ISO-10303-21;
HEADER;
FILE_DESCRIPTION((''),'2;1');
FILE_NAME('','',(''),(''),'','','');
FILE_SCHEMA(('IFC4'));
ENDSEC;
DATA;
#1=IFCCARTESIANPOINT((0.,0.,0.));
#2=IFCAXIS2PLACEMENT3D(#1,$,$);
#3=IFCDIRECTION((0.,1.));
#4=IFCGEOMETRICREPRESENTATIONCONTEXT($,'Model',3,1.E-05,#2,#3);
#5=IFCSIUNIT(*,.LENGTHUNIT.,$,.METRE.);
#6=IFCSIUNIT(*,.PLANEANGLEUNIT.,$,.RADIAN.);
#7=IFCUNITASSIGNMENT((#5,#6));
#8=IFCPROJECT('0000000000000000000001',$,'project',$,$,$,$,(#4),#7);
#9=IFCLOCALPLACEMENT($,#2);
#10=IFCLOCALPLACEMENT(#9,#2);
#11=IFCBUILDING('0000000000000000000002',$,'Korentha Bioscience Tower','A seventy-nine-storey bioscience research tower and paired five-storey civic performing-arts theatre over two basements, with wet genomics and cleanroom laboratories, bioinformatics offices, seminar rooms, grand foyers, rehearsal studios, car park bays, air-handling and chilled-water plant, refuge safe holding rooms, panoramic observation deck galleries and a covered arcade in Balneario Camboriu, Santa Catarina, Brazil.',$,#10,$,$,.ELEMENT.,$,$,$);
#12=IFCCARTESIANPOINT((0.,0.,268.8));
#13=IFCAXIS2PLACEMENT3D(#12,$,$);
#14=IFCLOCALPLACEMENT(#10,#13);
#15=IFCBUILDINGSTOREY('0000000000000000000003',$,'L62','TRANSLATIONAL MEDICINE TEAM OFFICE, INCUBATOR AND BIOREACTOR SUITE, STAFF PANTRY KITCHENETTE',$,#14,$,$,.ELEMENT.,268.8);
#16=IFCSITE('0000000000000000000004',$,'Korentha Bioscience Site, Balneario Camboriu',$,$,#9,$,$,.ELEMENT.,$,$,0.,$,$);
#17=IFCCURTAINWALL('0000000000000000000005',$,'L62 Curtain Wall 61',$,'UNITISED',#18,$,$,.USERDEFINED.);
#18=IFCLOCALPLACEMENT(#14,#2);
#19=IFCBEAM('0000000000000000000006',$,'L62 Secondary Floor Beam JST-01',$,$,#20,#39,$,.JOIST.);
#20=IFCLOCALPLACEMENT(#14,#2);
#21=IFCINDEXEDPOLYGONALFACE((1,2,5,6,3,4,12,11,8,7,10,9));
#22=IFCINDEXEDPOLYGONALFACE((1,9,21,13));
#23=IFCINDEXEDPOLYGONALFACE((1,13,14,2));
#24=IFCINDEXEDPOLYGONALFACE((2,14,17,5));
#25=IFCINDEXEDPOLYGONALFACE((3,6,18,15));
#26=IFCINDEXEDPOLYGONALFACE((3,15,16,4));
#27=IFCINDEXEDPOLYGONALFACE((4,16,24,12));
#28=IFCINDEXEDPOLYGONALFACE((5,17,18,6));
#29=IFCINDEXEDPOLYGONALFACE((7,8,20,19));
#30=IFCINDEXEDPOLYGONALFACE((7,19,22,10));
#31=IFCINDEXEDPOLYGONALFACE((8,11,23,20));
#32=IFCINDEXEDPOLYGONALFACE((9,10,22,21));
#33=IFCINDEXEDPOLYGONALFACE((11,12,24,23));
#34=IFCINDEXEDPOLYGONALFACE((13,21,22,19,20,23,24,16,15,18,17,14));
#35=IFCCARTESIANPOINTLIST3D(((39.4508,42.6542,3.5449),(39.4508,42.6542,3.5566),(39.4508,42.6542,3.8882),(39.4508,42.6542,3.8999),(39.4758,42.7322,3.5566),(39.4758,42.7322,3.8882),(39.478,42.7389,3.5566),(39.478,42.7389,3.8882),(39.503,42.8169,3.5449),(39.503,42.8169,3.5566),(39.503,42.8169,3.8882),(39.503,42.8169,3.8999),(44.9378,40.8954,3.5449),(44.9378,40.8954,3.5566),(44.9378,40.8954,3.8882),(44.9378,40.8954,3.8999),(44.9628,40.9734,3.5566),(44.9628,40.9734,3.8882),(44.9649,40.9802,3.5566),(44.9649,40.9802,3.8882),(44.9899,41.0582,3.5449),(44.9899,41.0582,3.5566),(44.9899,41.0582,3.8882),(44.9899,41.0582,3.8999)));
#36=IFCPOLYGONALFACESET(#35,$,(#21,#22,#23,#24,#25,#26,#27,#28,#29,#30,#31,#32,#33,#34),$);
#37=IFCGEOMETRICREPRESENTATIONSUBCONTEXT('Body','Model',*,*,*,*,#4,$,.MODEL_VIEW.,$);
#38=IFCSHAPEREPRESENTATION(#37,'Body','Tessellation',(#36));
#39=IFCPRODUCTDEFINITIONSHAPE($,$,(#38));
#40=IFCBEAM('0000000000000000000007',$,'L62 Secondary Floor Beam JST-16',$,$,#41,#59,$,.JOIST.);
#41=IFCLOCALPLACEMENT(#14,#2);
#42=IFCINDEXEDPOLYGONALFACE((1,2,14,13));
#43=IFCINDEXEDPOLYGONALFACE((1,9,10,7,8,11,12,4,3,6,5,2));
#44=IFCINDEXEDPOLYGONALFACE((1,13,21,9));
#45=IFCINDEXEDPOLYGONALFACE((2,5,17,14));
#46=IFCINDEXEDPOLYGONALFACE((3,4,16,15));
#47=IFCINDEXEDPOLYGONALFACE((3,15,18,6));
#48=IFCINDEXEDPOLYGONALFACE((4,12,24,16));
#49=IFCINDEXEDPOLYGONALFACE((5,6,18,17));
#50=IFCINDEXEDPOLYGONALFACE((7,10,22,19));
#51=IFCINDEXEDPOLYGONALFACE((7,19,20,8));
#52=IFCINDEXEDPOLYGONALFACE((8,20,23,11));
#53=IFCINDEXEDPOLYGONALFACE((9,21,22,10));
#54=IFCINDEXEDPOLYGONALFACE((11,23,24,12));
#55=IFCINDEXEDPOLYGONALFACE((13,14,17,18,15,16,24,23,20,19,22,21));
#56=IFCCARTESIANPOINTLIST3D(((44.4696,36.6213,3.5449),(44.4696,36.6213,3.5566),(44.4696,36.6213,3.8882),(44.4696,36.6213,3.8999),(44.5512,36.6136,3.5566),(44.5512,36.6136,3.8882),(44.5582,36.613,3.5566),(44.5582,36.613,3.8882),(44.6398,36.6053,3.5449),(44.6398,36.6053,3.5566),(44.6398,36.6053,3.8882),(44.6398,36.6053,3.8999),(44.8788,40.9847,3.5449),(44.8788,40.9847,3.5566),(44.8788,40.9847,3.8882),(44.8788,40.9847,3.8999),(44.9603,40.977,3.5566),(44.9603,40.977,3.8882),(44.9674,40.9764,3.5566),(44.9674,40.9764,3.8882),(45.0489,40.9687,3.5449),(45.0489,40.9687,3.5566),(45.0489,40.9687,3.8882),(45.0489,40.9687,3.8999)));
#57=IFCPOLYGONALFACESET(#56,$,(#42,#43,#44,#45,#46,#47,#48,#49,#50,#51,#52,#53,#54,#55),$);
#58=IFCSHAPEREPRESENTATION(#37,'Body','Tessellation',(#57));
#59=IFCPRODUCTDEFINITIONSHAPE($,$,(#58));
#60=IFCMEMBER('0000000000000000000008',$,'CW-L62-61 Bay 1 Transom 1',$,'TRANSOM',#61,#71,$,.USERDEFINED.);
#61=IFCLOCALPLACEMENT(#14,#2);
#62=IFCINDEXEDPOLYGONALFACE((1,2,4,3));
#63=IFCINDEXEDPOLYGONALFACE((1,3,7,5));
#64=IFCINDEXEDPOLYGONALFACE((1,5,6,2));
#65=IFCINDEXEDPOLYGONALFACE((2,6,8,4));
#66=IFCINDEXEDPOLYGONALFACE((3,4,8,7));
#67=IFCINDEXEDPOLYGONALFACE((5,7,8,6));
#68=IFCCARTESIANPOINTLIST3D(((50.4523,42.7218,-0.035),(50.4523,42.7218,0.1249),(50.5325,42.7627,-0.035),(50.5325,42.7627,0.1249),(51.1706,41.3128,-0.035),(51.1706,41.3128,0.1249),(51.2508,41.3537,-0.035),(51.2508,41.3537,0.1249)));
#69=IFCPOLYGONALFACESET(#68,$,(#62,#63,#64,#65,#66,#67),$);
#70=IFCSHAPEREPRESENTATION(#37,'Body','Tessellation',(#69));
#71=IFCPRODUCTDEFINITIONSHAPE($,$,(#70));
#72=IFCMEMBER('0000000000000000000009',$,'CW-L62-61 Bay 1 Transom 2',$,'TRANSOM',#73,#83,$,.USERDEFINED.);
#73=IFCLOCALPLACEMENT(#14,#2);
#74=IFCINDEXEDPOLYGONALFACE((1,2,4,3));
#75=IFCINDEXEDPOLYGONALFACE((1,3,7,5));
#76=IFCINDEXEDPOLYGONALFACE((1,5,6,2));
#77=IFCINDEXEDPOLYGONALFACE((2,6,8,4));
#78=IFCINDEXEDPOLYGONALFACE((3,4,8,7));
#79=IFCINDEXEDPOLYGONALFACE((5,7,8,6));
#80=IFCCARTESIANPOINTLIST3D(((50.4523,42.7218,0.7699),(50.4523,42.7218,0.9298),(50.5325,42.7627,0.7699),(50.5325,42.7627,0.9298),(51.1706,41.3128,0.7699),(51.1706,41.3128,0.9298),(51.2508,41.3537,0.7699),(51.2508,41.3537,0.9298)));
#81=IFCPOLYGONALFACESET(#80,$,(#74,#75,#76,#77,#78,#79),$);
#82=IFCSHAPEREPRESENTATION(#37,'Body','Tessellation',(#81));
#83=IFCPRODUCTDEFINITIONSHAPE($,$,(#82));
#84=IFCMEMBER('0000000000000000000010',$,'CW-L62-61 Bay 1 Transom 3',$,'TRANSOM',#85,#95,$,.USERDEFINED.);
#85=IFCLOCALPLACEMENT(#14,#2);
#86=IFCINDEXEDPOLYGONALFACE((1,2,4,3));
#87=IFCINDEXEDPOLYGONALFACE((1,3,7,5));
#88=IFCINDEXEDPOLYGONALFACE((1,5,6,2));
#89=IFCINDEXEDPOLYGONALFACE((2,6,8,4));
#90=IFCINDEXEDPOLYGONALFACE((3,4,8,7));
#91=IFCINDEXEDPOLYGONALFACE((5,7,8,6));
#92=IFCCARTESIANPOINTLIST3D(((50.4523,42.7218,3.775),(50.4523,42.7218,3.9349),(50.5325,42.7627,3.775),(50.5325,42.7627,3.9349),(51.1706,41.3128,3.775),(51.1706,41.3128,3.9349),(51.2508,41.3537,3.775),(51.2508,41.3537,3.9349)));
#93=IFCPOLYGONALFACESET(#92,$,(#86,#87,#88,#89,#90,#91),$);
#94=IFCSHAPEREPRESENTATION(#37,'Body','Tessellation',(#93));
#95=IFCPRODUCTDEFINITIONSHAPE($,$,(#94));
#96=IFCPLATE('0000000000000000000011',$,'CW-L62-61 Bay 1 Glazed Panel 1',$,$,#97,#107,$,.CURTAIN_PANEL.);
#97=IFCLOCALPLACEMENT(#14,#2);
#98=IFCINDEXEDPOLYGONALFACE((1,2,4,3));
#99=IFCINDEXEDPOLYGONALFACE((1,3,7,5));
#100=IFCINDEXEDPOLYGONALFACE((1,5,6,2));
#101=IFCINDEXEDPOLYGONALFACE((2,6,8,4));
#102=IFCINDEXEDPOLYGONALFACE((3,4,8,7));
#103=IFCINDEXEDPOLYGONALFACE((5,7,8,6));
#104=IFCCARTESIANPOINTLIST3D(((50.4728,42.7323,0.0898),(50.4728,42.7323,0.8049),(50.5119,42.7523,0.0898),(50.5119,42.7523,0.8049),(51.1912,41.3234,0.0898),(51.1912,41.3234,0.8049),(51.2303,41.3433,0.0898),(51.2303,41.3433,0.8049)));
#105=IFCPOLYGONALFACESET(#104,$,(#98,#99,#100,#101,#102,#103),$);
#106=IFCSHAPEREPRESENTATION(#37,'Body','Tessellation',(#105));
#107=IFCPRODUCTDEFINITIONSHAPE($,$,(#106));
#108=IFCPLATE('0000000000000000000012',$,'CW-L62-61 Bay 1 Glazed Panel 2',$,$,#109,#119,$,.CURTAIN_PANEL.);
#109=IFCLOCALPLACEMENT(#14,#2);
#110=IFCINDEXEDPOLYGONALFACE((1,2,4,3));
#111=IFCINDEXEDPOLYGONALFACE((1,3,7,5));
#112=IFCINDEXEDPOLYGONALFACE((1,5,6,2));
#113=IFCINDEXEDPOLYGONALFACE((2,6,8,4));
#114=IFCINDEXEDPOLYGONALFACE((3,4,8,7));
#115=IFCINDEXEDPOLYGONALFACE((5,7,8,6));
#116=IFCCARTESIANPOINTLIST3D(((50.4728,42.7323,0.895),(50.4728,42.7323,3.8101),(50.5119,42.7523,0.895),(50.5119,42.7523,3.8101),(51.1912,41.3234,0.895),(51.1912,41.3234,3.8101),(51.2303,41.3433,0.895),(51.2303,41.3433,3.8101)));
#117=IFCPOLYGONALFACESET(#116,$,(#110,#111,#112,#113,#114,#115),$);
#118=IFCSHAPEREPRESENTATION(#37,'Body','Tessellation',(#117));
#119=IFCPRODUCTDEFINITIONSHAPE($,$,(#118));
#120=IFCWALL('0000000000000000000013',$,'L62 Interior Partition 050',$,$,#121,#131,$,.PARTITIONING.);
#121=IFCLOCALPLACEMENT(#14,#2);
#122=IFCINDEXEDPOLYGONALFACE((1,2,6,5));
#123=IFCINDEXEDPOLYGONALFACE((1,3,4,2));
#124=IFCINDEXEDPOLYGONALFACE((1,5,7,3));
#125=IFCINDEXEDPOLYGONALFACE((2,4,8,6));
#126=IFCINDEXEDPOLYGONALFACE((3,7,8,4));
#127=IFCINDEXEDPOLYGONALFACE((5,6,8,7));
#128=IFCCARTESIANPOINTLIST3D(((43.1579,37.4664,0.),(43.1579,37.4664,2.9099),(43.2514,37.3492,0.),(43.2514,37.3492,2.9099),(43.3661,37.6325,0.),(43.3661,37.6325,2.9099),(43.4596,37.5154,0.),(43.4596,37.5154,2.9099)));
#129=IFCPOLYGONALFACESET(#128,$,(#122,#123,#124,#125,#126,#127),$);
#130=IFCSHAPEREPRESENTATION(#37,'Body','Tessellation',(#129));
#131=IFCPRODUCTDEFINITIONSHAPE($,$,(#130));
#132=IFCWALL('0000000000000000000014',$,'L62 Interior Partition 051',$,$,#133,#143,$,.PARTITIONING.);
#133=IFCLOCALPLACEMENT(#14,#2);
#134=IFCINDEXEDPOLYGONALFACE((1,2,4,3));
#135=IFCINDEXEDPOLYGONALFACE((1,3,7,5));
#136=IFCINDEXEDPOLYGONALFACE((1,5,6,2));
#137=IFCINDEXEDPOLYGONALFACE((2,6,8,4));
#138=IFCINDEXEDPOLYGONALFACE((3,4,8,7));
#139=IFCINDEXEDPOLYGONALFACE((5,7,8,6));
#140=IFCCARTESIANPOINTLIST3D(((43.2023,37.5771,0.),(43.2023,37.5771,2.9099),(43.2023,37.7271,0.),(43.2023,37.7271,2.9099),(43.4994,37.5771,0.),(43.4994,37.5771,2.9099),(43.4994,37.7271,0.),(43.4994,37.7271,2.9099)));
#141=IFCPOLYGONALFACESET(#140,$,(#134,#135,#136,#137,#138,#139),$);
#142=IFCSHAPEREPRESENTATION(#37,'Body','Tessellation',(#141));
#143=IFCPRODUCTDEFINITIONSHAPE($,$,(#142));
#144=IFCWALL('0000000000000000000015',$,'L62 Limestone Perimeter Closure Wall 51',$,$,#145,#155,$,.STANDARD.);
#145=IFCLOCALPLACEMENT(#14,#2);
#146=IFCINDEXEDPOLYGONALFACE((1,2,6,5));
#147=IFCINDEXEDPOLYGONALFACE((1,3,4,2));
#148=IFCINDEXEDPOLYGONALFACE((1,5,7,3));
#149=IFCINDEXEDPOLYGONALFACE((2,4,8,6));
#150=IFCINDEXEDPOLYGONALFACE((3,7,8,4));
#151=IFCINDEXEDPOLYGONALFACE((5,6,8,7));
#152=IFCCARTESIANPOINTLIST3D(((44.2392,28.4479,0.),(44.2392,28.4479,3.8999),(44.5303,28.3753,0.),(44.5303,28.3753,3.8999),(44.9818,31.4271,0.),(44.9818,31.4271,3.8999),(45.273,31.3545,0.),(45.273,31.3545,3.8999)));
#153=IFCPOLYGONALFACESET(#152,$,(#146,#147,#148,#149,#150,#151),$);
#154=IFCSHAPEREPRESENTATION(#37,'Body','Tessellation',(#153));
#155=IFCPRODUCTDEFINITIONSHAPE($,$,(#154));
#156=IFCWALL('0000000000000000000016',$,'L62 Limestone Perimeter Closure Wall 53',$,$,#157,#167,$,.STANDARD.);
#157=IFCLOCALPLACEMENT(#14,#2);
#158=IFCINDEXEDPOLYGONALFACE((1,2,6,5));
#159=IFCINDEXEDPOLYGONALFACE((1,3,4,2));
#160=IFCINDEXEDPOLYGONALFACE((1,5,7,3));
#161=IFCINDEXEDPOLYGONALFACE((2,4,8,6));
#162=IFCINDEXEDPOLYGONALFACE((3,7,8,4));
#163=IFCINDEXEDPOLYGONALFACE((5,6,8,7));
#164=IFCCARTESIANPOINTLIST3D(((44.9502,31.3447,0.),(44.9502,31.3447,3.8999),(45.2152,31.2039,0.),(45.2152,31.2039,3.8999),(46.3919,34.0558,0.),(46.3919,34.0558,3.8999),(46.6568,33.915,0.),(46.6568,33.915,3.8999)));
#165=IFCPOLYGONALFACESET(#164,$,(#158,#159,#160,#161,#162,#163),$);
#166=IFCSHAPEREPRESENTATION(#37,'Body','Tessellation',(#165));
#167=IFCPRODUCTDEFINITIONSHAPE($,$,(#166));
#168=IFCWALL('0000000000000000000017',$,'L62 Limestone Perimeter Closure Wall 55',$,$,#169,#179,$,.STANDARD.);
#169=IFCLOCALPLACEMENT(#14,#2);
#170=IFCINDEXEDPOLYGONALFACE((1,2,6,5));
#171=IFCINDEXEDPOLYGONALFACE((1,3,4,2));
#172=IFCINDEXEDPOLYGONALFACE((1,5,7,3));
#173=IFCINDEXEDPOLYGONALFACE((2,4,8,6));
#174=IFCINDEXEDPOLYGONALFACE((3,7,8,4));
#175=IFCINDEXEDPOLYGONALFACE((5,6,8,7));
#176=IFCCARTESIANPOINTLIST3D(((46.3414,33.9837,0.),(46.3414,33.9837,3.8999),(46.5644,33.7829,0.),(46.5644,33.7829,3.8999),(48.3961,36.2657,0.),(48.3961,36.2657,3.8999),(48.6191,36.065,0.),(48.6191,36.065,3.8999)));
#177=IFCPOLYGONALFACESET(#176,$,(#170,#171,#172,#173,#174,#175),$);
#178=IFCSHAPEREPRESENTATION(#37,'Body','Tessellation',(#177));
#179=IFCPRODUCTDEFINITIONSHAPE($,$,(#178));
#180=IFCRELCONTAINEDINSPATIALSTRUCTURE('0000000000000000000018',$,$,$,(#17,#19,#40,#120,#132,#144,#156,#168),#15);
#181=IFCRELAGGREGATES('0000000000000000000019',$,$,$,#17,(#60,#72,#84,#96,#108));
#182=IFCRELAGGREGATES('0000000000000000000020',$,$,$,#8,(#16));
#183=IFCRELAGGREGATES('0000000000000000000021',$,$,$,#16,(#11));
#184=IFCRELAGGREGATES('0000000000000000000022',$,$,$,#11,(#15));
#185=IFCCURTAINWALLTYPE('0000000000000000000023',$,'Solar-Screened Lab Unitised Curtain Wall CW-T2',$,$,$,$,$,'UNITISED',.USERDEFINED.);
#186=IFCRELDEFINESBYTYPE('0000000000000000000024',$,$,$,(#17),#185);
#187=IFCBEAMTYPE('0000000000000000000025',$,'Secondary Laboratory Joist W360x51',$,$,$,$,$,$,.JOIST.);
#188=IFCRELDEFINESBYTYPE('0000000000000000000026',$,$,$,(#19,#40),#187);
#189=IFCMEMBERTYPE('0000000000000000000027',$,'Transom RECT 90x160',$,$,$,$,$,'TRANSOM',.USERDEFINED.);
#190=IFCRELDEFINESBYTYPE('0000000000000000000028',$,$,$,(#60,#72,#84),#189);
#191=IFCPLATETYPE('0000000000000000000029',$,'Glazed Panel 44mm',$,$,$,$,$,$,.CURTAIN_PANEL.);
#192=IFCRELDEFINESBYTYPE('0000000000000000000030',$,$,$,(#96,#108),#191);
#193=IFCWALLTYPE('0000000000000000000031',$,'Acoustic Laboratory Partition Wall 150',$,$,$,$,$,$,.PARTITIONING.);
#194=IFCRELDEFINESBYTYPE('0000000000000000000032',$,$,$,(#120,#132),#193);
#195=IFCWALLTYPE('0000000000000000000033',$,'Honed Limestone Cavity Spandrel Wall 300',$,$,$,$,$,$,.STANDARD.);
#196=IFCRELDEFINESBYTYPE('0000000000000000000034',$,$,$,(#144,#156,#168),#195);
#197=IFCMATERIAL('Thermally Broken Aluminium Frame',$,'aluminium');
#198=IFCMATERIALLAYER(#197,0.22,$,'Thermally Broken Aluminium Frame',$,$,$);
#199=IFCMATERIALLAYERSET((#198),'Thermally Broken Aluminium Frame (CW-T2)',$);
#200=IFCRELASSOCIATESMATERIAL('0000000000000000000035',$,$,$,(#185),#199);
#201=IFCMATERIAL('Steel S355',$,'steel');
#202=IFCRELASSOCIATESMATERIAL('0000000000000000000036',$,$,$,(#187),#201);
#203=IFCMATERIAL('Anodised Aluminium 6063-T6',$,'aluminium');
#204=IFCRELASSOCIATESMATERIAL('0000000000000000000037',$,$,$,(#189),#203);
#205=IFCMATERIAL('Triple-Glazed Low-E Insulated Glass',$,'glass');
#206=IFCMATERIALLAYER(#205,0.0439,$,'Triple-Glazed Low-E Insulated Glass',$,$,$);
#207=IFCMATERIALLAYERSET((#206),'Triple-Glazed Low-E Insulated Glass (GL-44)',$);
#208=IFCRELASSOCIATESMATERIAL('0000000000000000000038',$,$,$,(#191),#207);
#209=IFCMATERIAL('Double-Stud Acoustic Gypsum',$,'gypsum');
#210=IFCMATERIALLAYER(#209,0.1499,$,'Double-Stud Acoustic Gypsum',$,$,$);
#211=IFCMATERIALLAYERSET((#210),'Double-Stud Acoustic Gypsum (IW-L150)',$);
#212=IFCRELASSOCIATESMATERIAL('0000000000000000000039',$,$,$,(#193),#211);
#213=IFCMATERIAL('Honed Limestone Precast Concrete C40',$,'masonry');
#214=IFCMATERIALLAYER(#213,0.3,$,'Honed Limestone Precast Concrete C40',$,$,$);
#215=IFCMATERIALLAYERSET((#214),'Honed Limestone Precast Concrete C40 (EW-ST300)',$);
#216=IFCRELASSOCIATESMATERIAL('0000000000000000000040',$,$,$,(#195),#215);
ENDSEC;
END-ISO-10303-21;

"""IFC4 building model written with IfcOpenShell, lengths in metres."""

from ifc_helpers import new_model, si_unit, direction, frame, frame_2d, origin, origin_2d, place, context, subcontext, project, spatial, rectangle, i_section, extrude, material, layer, layer_set, material_profile, profile_set, type_object, element, aggregate, save


model = new_model("IFC4")

# Units and contexts
model_context = context("Model", 3, precision=1e-05, world=origin(), true_north=direction((0.0, 1.0)))
body_context = subcontext(model_context, "Body", "Model", "MODEL_VIEW")
ifc_project = project(units=[si_unit("LENGTHUNIT", "METRE"), si_unit("PLANEANGLEUNIT", "RADIAN")], contexts=[model_context])

# Site, building, storey
site_placement = place(None, origin())
site = spatial("IfcSite", under=ifc_project, at=site_placement, Name="Korentha Bioscience Site, Balneario Camboriu", CompositionType="ELEMENT", RefElevation=0.0)
building_placement = place(site_placement, origin())
building = spatial("IfcBuilding", under=site, at=building_placement, Name="Korentha Bioscience Tower", Description="A seventy-nine-storey bioscience research tower and paired five-storey civic performing-arts theatre over two basements, with wet genomics and cleanroom laboratories, bioinformatics offices, seminar rooms, grand foyers, rehearsal studios, car park bays, air-handling and chilled-water plant, refuge safe holding rooms, panoramic observation deck galleries and a covered arcade in Balneario Camboriu, Santa Catarina, Brazil.", CompositionType="ELEMENT")
storey_placement = place(building_placement, frame((0.0, 0.0, 268.8)))
storey = spatial("IfcBuildingStorey", under=building, at=storey_placement, Name="L62", Description="TRANSLATIONAL MEDICINE TEAM OFFICE, INCUBATOR AND BIOREACTOR SUITE, STAFF PANTRY KITCHENETTE", CompositionType="ELEMENT", Elevation=268.8)

# Shared definitions
ifc_material_1 = material(Name="Steel S355", Category="steel")

# Curtain wall
ifc_material_2 = material(Name="Thermally Broken Aluminium Frame", Category="aluminium")
ifc_layer_1 = layer(ifc_material_2, 0.22, Name="Thermally Broken Aluminium Frame")
ifc_layer_set_1 = layer_set([ifc_layer_1], Name="Thermally Broken Aluminium Frame (CW-T2)")
curtain_wall_type = type_object("IfcCurtainWallType", Name="Solar-Screened Lab Unitised Curtain Wall CW-T2", ElementType="UNITISED", PredefinedType="USERDEFINED", material=ifc_layer_set_1)
curtain_wall_placement = place(storey_placement, origin())
curtain_wall = element("IfcCurtainWall", 1, at=curtain_wall_placement, inside=storey, type_object=curtain_wall_type, Name="L62 Curtain Wall 61", ObjectType="UNITISED", PredefinedType="USERDEFINED")
ifc_material_3 = material(Name="Anodised Aluminium 6063-T6", Category="aluminium")

# Beams
ifc_material_profile_1 = material_profile(ifc_material_1, i_section(OverallWidth=0.1709, OverallDepth=0.355, WebThickness=0.0071, FlangeThickness=0.0117, at=origin_2d()), Name="Steel S355")
ifc_profile_set_1 = profile_set([ifc_material_profile_1], Name="Steel S355 (JB-360)")
beam_type_1 = type_object("IfcBeamType", Name="Secondary Laboratory Joist W360x51", PredefinedType="JOIST", material=ifc_profile_set_1)
beam_1_placement = place(storey_placement, frame((44.9639, 40.9768, 3.7224), z_axis=(-0.952276, 0.305237, 0.0), x_axis=(-0.305237, -0.952276, 0.0)))
element("IfcBeam", 2, at=beam_1_placement, inside=storey, type_object=beam_type_1, Name="L62 Secondary Floor Beam JST-01", PredefinedType="JOIST", context=body_context, shape_type="SweptSolid", body=[
    extrude(i_section(OverallWidth=0.1709, OverallDepth=0.355, WebThickness=0.0071, FlangeThickness=0.0117, at=origin_2d()), origin(), (0.0, 0.0, 1.0), 5.762),
])
beam_2_placement = place(storey_placement, frame((44.5547, 36.6133, 3.7224), z_axis=(0.093363, 0.995632, 0.0), x_axis=(-0.995632, 0.093363, 0.0)))
element("IfcBeam", 3, at=beam_2_placement, inside=storey, type_object=beam_type_1, Name="L62 Secondary Floor Beam JST-16", PredefinedType="JOIST", context=body_context, shape_type="SweptSolid", body=[
    extrude(i_section(OverallWidth=0.1709, OverallDepth=0.355, WebThickness=0.0071, FlangeThickness=0.0117, at=origin_2d()), origin(), (0.0, 0.0, 1.0), 4.3826),
])

# Members
ifc_material_profile_2 = material_profile(ifc_material_3, rectangle(XDim=0.0901, YDim=0.1599, at=origin_2d()), Name="Anodised Aluminium 6063-T6")
ifc_profile_set_2 = profile_set([ifc_material_profile_2], Name="Anodised Aluminium 6063-T6 (CW-TRN)")
member_type_1 = type_object("IfcMemberType", Name="Transom RECT 90x160", ElementType="TRANSOM", PredefinedType="USERDEFINED", material=ifc_profile_set_2)
member_1_placement = place(storey_placement, frame((51.2107, 41.3333, 0.0449), z_axis=(-0.454178, 0.890911, 0.0), x_axis=(-0.890911, -0.454178, 0.0)))
member_1 = element("IfcMember", 4, at=member_1_placement, type_object=member_type_1, Name="CW-L62-61 Bay 1 Transom 1", ObjectType="TRANSOM", PredefinedType="USERDEFINED", context=body_context, shape_type="SweptSolid", body=[
    extrude(rectangle(XDim=0.0901, YDim=0.1599, at=origin_2d()), origin(), (0.0, 0.0, 1.0), 1.5815),
])
member_2_placement = place(storey_placement, frame((51.2107, 41.3333, 0.8499), z_axis=(-0.454178, 0.890911, 0.0), x_axis=(-0.890911, -0.454178, 0.0)))
member_2 = element("IfcMember", 5, at=member_2_placement, type_object=member_type_1, Name="CW-L62-61 Bay 1 Transom 2", ObjectType="TRANSOM", PredefinedType="USERDEFINED", context=body_context, shape_type="SweptSolid", body=[
    extrude(rectangle(XDim=0.0901, YDim=0.1599, at=origin_2d()), origin(), (0.0, 0.0, 1.0), 1.5815),
])
member_3_placement = place(storey_placement, frame((51.2107, 41.3333, 3.855), z_axis=(-0.454178, 0.890911, 0.0), x_axis=(-0.890911, -0.454178, 0.0)))
member_3 = element("IfcMember", 6, at=member_3_placement, type_object=member_type_1, Name="CW-L62-61 Bay 1 Transom 3", ObjectType="TRANSOM", PredefinedType="USERDEFINED", context=body_context, shape_type="SweptSolid", body=[
    extrude(rectangle(XDim=0.0901, YDim=0.1599, at=origin_2d()), origin(), (0.0, 0.0, 1.0), 1.5815),
])

# Plates
ifc_material_4 = material(Name="Triple-Glazed Low-E Insulated Glass", Category="glass")
ifc_layer_2 = layer(ifc_material_4, 0.0439, Name="Triple-Glazed Low-E Insulated Glass")
ifc_layer_set_2 = layer_set([ifc_layer_2], Name="Triple-Glazed Low-E Insulated Glass (GL-44)")
plate_type = type_object("IfcPlateType", Name="Glazed Panel 44mm", PredefinedType="CURTAIN_PANEL", material=ifc_layer_set_2)
plate_1_placement = place(storey_placement, frame((50.8516, 42.0378, 0.0898), z_axis=(0.0, 0.0, 1.0), x_axis=(-0.454239, 0.89088, 0.0)))
plate_1 = element("IfcPlate", 7, at=plate_1_placement, type_object=plate_type, Name="CW-L62-61 Bay 1 Glazed Panel 1", PredefinedType="CURTAIN_PANEL", context=body_context, shape_type="SweptSolid", body=[
    extrude(rectangle(XDim=1.5815, YDim=0.0439, at=origin_2d()), origin(), (0.0, 0.0, 1.0), 0.7151),
])
plate_2_placement = place(storey_placement, frame((50.8516, 42.0378, 0.895), z_axis=(0.0, 0.0, 1.0), x_axis=(-0.454239, 0.89088, 0.0)))
plate_2 = element("IfcPlate", 8, at=plate_2_placement, type_object=plate_type, Name="CW-L62-61 Bay 1 Glazed Panel 2", PredefinedType="CURTAIN_PANEL", context=body_context, shape_type="SweptSolid", body=[
    extrude(rectangle(XDim=1.5815, YDim=0.0439, at=origin_2d()), origin(), (0.0, 0.0, 1.0), 2.915),
])
aggregate(curtain_wall, [member_1, member_2, member_3, plate_1, plate_2])

# Walls
ifc_material_5 = material(Name="Double-Stud Acoustic Gypsum", Category="gypsum")
ifc_layer_3 = layer(ifc_material_5, 0.1499, Name="Double-Stud Acoustic Gypsum")
ifc_layer_set_3 = layer_set([ifc_layer_3], Name="Double-Stud Acoustic Gypsum (IW-L150)")
wall_type_1 = type_object("IfcWallType", Name="Acoustic Laboratory Partition Wall 150", PredefinedType="PARTITIONING", material=ifc_layer_set_3)
wall_1_placement = place(storey_placement, frame((43.2046, 37.4077, 0.0), z_axis=(0.0, 0.0, 1.0), x_axis=(0.781494, 0.623913, 0.0)))
element("IfcWall", 9, at=wall_1_placement, inside=storey, type_object=wall_type_1, Name="L62 Interior Partition 050", PredefinedType="PARTITIONING", context=body_context, shape_type="SweptSolid", body=[
    extrude(rectangle(XDim=0.2664, YDim=0.1499, at=frame_2d((0.1333, 0.0))), origin(), (0.0, 0.0, 1.0), 2.9099),
])
wall_2_placement = place(storey_placement, frame((43.4993, 37.6521, 0.0), z_axis=(0.0, 0.0, 1.0), x_axis=(-1.0, 0.0, 0.0)))
element("IfcWall", 10, at=wall_2_placement, inside=storey, type_object=wall_type_1, Name="L62 Interior Partition 051", PredefinedType="PARTITIONING", context=body_context, shape_type="SweptSolid", body=[
    extrude(rectangle(XDim=0.2971, YDim=0.1499, at=frame_2d((0.1484, 0.0))), origin(), (0.0, 0.0, 1.0), 2.9099),
])
ifc_material_6 = material(Name="Honed Limestone Precast Concrete C40", Category="masonry")
ifc_layer_4 = layer(ifc_material_6, 0.3, Name="Honed Limestone Precast Concrete C40")
ifc_layer_set_4 = layer_set([ifc_layer_4], Name="Honed Limestone Precast Concrete C40 (EW-ST300)")
wall_type_2 = type_object("IfcWallType", Name="Honed Limestone Cavity Spandrel Wall 300", PredefinedType="STANDARD", material=ifc_layer_set_4)
wall_3_placement = place(storey_placement, frame((44.3848, 28.4116, 0.0), z_axis=(0.0, 0.0, 1.0), x_axis=(0.241881, 0.970306, 0.0)))
element("IfcWall", 11, at=wall_3_placement, inside=storey, type_object=wall_type_2, Name="L62 Limestone Perimeter Closure Wall 51", PredefinedType="STANDARD", context=body_context, shape_type="SweptSolid", body=[
    extrude(rectangle(XDim=3.0703, YDim=0.3, at=frame_2d((1.5352, 0.0))), origin(), (0.0, 0.0, 1.0), 3.8999),
])
wall_4_placement = place(storey_placement, frame((45.0828, 31.2744, 0.0), z_axis=(0.0, 0.0, 1.0), x_axis=(0.469494, 0.882936, 0.0)))
element("IfcWall", 12, at=wall_4_placement, inside=storey, type_object=wall_type_2, Name="L62 Limestone Perimeter Closure Wall 53", PredefinedType="STANDARD", context=body_context, shape_type="SweptSolid", body=[
    extrude(rectangle(XDim=3.0706, YDim=0.3, at=frame_2d((1.5352, 0.0))), origin(), (0.0, 0.0, 1.0), 3.8999),
])
wall_5_placement = place(storey_placement, frame((46.4529, 33.8833, 0.0), z_axis=(0.0, 0.0, 1.0), x_axis=(0.669127, 0.743148, 0.0)))
element("IfcWall", 13, at=wall_5_placement, inside=storey, type_object=wall_type_2, Name="L62 Limestone Perimeter Closure Wall 55", PredefinedType="STANDARD", context=body_context, shape_type="SweptSolid", body=[
    extrude(rectangle(XDim=3.0708, YDim=0.3, at=frame_2d((1.5354, 0.0))), origin(), (0.0, 0.0, 1.0), 3.8999),
])

save(model, "model.ifc")
